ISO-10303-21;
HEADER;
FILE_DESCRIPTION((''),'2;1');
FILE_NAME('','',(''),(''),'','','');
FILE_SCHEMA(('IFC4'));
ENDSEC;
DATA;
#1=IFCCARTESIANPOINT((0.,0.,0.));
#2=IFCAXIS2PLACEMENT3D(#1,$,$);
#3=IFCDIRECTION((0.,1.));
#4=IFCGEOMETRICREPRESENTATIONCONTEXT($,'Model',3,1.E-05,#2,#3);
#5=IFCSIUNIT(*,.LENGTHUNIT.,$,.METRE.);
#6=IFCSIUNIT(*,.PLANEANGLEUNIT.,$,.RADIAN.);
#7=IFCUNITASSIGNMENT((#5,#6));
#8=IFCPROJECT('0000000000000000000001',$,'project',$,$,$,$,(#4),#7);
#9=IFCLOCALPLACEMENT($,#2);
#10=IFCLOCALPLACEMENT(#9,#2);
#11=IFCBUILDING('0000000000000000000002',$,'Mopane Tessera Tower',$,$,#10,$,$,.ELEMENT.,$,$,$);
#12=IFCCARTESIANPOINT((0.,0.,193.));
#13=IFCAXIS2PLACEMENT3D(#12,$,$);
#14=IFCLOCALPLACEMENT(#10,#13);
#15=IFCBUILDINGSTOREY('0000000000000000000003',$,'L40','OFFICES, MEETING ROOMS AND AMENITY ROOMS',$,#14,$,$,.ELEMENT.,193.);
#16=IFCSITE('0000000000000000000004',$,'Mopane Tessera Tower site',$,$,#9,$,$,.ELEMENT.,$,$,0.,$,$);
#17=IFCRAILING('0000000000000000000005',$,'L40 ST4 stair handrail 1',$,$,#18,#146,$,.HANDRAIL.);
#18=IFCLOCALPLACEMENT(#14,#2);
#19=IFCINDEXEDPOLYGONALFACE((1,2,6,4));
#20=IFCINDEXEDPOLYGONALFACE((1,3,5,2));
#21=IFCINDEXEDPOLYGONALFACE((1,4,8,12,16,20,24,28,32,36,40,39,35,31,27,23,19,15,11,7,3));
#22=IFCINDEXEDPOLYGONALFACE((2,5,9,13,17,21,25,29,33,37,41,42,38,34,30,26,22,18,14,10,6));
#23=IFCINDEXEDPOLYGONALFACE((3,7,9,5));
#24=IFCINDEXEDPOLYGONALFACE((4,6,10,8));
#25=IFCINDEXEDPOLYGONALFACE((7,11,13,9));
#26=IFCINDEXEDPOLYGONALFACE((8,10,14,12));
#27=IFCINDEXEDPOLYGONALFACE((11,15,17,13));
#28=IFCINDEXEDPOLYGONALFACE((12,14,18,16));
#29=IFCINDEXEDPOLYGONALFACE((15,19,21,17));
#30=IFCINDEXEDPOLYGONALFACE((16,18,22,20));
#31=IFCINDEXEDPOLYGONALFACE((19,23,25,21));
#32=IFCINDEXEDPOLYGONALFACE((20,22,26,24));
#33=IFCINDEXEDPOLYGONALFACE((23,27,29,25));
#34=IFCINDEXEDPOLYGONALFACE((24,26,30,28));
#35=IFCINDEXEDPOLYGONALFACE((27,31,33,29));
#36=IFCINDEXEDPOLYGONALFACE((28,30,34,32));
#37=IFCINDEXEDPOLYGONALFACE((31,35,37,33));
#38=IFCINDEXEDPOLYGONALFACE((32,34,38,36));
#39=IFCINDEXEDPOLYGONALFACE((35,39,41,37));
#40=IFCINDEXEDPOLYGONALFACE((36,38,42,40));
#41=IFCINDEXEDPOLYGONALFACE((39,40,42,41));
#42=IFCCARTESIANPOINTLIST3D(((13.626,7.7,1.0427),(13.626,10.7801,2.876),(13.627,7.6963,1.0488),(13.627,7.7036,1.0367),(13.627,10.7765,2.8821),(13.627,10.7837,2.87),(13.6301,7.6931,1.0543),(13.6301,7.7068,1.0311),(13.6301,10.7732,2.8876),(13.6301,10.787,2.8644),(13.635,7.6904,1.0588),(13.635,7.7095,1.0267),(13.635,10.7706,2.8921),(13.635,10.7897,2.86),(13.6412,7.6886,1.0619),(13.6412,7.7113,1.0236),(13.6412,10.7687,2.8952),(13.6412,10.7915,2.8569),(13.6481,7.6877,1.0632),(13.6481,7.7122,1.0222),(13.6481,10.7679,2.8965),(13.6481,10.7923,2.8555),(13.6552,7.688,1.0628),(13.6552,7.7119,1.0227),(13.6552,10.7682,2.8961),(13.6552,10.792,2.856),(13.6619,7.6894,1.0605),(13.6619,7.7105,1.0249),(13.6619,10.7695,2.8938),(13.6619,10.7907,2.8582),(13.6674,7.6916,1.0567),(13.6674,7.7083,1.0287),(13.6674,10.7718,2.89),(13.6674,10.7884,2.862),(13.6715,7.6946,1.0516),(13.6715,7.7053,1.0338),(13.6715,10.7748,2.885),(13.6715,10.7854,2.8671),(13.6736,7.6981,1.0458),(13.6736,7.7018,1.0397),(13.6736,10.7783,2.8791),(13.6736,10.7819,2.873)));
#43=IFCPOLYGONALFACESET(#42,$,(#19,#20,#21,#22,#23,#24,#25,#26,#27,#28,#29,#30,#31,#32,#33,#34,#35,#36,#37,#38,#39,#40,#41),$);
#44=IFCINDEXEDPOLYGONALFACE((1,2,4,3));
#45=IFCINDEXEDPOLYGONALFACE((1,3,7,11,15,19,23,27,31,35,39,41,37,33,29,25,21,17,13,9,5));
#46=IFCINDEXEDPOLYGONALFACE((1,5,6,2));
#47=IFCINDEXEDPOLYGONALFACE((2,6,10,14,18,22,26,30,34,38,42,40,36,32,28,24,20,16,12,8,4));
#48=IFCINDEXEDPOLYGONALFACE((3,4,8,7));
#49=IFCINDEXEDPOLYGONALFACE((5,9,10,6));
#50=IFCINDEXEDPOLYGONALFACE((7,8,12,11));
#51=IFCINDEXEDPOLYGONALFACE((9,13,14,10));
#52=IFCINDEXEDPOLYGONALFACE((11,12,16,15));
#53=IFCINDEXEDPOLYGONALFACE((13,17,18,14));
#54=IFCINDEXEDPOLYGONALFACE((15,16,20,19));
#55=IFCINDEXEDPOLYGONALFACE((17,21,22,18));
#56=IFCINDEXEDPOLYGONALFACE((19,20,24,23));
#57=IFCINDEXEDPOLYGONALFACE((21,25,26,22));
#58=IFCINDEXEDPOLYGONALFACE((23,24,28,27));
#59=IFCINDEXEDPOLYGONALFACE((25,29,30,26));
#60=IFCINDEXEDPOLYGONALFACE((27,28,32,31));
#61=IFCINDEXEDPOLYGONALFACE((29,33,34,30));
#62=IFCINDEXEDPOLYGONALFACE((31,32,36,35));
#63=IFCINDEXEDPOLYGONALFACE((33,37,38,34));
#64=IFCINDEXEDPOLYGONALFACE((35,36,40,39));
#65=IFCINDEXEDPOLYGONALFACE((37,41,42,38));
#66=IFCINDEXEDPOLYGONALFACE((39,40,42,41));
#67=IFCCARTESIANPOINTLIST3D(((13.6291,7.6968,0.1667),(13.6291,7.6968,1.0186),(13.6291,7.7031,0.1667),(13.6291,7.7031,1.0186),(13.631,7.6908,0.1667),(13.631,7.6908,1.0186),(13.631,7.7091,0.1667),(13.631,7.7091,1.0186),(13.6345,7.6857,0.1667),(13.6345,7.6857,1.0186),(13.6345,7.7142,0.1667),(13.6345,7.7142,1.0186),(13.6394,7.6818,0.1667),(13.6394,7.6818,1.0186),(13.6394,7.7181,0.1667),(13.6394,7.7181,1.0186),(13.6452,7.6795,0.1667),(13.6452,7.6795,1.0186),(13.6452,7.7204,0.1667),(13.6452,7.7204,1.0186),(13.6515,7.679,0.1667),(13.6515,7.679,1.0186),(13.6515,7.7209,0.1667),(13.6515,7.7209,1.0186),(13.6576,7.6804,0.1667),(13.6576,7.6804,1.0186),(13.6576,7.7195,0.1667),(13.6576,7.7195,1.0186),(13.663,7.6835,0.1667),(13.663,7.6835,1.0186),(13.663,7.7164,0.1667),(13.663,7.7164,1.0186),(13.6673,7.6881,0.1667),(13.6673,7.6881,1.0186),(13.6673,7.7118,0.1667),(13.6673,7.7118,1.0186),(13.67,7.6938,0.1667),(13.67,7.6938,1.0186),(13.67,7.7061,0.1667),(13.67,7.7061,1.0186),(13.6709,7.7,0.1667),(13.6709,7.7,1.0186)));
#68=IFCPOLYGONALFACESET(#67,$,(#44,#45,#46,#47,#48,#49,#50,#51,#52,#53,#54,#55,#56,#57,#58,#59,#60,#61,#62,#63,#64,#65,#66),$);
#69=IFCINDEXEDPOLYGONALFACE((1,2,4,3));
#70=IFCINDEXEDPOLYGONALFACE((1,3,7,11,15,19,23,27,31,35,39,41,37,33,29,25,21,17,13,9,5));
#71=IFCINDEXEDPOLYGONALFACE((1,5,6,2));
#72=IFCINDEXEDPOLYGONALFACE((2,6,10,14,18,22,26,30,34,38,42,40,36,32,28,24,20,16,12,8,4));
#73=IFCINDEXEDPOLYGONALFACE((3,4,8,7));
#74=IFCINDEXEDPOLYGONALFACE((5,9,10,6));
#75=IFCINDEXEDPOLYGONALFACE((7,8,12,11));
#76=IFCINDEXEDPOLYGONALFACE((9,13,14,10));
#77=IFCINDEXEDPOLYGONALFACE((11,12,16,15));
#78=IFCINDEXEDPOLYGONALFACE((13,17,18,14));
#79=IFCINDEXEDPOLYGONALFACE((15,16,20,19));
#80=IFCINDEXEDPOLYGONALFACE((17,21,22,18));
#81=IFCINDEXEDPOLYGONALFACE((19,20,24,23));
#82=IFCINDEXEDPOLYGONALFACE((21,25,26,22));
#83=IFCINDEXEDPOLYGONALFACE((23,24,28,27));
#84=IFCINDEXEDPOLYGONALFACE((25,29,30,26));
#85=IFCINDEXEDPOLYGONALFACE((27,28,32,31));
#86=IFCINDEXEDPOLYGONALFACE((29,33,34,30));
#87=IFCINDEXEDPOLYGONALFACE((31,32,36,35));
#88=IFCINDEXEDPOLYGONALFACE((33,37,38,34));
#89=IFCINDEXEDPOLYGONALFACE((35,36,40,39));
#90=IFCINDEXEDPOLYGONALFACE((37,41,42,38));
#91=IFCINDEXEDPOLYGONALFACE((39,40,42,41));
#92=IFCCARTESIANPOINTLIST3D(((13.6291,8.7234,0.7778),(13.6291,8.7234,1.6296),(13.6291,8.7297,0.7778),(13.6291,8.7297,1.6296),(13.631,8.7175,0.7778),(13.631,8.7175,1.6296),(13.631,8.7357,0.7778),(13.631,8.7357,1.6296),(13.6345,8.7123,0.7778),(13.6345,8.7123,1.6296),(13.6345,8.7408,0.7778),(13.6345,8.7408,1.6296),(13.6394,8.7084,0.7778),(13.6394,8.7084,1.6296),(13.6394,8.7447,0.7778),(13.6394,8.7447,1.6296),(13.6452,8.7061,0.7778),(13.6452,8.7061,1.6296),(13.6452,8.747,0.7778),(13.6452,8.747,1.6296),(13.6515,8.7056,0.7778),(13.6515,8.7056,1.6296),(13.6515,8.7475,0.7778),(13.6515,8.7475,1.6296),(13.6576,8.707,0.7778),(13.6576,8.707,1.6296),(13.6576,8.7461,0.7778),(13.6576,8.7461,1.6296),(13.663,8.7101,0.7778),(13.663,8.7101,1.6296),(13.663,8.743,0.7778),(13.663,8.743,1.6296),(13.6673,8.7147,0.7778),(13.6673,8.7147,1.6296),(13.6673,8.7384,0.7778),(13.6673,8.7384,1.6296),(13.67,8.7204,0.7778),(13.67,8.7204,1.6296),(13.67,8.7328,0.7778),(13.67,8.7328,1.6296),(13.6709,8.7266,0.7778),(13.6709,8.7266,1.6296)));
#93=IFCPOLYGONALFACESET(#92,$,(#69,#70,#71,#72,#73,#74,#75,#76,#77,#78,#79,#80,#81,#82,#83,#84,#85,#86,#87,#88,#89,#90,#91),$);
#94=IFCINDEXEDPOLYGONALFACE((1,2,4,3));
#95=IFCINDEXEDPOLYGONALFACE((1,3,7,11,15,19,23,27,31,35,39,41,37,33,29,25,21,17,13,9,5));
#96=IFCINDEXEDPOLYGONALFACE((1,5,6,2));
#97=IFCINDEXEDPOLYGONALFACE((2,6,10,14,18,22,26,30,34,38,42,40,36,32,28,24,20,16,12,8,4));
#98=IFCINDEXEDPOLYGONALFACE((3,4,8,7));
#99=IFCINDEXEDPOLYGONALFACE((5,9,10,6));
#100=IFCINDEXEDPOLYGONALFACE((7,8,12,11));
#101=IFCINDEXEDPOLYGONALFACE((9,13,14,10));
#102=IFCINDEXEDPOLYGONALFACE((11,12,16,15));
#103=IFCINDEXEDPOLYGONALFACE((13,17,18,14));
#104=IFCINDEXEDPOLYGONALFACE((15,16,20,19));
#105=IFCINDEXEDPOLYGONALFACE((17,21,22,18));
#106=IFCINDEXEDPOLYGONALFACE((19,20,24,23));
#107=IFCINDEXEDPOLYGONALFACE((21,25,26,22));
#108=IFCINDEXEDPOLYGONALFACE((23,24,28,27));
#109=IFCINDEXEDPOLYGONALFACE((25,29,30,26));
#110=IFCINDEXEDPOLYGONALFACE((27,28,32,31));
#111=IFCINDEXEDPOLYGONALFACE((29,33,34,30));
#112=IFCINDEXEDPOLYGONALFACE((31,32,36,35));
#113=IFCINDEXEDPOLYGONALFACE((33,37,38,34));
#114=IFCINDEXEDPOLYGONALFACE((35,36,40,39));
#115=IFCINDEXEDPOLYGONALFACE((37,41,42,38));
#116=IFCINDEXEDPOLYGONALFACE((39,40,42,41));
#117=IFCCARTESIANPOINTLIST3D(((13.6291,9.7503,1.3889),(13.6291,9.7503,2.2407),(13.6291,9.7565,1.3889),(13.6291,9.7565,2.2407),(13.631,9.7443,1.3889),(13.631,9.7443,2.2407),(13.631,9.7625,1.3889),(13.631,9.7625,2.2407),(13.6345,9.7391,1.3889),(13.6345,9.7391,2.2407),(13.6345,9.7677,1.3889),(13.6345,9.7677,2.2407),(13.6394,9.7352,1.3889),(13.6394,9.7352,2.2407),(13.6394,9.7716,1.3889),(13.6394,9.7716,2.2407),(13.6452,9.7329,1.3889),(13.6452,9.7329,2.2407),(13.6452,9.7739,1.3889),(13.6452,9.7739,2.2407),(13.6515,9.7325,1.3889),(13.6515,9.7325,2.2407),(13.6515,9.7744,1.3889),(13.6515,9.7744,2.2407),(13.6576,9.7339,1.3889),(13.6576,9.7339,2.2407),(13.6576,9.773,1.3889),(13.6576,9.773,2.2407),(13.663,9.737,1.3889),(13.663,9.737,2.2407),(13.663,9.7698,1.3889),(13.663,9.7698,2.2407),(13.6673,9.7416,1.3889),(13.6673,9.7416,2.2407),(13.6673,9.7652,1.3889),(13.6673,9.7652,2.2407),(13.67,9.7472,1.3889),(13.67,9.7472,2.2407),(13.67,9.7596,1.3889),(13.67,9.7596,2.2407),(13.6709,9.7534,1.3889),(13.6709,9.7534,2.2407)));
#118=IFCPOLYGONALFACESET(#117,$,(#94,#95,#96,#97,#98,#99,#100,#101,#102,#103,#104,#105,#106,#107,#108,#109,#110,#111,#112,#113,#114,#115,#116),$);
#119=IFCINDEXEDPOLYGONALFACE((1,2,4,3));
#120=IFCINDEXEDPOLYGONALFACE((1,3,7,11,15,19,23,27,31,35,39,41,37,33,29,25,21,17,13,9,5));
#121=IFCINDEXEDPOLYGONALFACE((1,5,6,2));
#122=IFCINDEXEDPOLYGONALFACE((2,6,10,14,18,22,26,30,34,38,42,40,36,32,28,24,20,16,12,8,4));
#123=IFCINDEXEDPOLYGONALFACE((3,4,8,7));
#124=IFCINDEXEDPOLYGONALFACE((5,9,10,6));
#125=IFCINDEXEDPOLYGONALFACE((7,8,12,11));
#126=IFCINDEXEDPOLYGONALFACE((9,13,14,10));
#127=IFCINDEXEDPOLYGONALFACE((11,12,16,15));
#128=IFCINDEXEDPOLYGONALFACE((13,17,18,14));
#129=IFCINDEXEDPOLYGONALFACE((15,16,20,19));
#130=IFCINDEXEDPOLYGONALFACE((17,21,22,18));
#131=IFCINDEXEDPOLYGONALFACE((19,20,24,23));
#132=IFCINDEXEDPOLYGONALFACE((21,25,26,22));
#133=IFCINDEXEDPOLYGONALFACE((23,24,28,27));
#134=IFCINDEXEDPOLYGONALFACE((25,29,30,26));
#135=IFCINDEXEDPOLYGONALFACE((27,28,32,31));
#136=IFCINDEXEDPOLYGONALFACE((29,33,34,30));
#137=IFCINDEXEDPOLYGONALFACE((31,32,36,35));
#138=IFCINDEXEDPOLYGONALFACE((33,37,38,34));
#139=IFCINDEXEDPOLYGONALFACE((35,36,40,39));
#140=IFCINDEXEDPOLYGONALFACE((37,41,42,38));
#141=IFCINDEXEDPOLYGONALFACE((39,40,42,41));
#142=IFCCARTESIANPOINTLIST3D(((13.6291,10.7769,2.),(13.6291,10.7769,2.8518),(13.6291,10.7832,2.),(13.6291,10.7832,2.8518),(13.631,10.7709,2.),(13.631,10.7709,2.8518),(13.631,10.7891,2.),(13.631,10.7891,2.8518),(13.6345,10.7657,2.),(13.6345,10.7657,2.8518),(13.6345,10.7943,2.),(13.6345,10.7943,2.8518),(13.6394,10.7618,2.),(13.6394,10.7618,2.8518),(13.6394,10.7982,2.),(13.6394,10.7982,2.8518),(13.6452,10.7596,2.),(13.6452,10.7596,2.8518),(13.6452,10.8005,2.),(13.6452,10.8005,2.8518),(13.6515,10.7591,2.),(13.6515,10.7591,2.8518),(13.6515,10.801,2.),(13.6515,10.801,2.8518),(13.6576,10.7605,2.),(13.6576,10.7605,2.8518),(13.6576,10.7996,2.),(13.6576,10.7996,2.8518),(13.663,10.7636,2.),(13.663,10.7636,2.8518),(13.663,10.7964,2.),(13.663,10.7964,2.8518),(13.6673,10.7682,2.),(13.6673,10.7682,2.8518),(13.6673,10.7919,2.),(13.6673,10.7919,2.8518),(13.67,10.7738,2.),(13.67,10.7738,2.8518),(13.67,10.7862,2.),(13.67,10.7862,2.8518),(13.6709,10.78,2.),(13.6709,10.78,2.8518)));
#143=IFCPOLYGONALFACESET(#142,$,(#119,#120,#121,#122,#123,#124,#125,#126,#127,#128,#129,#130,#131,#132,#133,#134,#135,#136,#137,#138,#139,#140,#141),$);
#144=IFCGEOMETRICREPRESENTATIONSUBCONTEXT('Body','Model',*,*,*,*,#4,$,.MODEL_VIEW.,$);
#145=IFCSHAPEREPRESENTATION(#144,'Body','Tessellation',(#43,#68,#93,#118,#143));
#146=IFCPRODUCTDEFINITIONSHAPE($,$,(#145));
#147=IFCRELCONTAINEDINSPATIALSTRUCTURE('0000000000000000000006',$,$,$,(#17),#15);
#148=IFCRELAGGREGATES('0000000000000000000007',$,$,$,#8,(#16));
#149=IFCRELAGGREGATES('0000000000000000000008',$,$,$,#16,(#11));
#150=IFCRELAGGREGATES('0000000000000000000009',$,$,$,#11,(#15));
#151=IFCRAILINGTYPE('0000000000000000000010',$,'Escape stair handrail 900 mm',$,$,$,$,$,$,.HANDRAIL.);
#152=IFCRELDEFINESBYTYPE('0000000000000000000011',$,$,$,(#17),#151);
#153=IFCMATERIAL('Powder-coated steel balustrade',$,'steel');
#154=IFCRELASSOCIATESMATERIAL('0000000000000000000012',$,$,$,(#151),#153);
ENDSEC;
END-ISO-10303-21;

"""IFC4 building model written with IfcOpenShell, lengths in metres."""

from ifc_helpers import new_model, si_unit, direction, frame, origin, origin_2d, place, context, subcontext, project, spatial, circle, extrude, material, type_object, element, save


model = new_model("IFC4")

# Units and contexts
model_context = context("Model", 3, precision=1e-05, world=origin(), true_north=direction((0.0, 1.0)))
body_context = subcontext(model_context, "Body", "Model", "MODEL_VIEW")
ifc_project = project(units=[si_unit("LENGTHUNIT", "METRE"), si_unit("PLANEANGLEUNIT", "RADIAN")], contexts=[model_context])

# Site, building, storey
site_placement = place(None, origin())
site = spatial("IfcSite", under=ifc_project, at=site_placement, Name="Mopane Tessera Tower site", CompositionType="ELEMENT", RefElevation=0.0)
building_placement = place(site_placement, origin())
building = spatial("IfcBuilding", under=site, at=building_placement, Name="Mopane Tessera Tower", CompositionType="ELEMENT")
storey_placement = place(building_placement, frame((0.0, 0.0, 193.0)))
storey = spatial("IfcBuildingStorey", under=building, at=storey_placement, Name="L40", Description="OFFICES, MEETING ROOMS AND AMENITY ROOMS", CompositionType="ELEMENT", Elevation=193.0)

# Railing
ifc_material_1 = material(Name="Powder-coated steel balustrade", Category="steel")
railing_type_1 = type_object("IfcRailingType", Name="Escape stair handrail 900 mm", PredefinedType="HANDRAIL", material=ifc_material_1)
railing_1_placement = place(storey_placement, frame((13.6499, 7.7, 0.1667)))
element("IfcRailing", 1, at=railing_1_placement, inside=storey, type_object=railing_type_1, Name="L40 ST4 stair handrail 1", PredefinedType="HANDRAIL", context=body_context, shape_type="SweptSolid", body=[
    extrude(circle(Radius=0.0239, at=origin_2d()), frame((0.0, 0.0, 0.876), z_axis=(0.0, 0.859309, 0.511458), x_axis=(-1.0, 0.0, 0.0)), (0.0, 0.0, 1.0), 3.5845),
    extrude(circle(Radius=0.021, at=origin_2d()), origin(), (0.0, 0.0, 1.0), 0.8518),
    extrude(circle(Radius=0.021, at=origin_2d()), frame((0.0, 1.0266, 0.6111)), (0.0, 0.0, 1.0), 0.8518),
    extrude(circle(Radius=0.021, at=origin_2d()), frame((0.0, 2.0535, 1.2222)), (0.0, 0.0, 1.0), 0.8518),
    extrude(circle(Radius=0.021, at=origin_2d()), frame((0.0, 3.0801, 1.8333)), (0.0, 0.0, 1.0), 0.8518),
])

save(model, "model.ifc")
